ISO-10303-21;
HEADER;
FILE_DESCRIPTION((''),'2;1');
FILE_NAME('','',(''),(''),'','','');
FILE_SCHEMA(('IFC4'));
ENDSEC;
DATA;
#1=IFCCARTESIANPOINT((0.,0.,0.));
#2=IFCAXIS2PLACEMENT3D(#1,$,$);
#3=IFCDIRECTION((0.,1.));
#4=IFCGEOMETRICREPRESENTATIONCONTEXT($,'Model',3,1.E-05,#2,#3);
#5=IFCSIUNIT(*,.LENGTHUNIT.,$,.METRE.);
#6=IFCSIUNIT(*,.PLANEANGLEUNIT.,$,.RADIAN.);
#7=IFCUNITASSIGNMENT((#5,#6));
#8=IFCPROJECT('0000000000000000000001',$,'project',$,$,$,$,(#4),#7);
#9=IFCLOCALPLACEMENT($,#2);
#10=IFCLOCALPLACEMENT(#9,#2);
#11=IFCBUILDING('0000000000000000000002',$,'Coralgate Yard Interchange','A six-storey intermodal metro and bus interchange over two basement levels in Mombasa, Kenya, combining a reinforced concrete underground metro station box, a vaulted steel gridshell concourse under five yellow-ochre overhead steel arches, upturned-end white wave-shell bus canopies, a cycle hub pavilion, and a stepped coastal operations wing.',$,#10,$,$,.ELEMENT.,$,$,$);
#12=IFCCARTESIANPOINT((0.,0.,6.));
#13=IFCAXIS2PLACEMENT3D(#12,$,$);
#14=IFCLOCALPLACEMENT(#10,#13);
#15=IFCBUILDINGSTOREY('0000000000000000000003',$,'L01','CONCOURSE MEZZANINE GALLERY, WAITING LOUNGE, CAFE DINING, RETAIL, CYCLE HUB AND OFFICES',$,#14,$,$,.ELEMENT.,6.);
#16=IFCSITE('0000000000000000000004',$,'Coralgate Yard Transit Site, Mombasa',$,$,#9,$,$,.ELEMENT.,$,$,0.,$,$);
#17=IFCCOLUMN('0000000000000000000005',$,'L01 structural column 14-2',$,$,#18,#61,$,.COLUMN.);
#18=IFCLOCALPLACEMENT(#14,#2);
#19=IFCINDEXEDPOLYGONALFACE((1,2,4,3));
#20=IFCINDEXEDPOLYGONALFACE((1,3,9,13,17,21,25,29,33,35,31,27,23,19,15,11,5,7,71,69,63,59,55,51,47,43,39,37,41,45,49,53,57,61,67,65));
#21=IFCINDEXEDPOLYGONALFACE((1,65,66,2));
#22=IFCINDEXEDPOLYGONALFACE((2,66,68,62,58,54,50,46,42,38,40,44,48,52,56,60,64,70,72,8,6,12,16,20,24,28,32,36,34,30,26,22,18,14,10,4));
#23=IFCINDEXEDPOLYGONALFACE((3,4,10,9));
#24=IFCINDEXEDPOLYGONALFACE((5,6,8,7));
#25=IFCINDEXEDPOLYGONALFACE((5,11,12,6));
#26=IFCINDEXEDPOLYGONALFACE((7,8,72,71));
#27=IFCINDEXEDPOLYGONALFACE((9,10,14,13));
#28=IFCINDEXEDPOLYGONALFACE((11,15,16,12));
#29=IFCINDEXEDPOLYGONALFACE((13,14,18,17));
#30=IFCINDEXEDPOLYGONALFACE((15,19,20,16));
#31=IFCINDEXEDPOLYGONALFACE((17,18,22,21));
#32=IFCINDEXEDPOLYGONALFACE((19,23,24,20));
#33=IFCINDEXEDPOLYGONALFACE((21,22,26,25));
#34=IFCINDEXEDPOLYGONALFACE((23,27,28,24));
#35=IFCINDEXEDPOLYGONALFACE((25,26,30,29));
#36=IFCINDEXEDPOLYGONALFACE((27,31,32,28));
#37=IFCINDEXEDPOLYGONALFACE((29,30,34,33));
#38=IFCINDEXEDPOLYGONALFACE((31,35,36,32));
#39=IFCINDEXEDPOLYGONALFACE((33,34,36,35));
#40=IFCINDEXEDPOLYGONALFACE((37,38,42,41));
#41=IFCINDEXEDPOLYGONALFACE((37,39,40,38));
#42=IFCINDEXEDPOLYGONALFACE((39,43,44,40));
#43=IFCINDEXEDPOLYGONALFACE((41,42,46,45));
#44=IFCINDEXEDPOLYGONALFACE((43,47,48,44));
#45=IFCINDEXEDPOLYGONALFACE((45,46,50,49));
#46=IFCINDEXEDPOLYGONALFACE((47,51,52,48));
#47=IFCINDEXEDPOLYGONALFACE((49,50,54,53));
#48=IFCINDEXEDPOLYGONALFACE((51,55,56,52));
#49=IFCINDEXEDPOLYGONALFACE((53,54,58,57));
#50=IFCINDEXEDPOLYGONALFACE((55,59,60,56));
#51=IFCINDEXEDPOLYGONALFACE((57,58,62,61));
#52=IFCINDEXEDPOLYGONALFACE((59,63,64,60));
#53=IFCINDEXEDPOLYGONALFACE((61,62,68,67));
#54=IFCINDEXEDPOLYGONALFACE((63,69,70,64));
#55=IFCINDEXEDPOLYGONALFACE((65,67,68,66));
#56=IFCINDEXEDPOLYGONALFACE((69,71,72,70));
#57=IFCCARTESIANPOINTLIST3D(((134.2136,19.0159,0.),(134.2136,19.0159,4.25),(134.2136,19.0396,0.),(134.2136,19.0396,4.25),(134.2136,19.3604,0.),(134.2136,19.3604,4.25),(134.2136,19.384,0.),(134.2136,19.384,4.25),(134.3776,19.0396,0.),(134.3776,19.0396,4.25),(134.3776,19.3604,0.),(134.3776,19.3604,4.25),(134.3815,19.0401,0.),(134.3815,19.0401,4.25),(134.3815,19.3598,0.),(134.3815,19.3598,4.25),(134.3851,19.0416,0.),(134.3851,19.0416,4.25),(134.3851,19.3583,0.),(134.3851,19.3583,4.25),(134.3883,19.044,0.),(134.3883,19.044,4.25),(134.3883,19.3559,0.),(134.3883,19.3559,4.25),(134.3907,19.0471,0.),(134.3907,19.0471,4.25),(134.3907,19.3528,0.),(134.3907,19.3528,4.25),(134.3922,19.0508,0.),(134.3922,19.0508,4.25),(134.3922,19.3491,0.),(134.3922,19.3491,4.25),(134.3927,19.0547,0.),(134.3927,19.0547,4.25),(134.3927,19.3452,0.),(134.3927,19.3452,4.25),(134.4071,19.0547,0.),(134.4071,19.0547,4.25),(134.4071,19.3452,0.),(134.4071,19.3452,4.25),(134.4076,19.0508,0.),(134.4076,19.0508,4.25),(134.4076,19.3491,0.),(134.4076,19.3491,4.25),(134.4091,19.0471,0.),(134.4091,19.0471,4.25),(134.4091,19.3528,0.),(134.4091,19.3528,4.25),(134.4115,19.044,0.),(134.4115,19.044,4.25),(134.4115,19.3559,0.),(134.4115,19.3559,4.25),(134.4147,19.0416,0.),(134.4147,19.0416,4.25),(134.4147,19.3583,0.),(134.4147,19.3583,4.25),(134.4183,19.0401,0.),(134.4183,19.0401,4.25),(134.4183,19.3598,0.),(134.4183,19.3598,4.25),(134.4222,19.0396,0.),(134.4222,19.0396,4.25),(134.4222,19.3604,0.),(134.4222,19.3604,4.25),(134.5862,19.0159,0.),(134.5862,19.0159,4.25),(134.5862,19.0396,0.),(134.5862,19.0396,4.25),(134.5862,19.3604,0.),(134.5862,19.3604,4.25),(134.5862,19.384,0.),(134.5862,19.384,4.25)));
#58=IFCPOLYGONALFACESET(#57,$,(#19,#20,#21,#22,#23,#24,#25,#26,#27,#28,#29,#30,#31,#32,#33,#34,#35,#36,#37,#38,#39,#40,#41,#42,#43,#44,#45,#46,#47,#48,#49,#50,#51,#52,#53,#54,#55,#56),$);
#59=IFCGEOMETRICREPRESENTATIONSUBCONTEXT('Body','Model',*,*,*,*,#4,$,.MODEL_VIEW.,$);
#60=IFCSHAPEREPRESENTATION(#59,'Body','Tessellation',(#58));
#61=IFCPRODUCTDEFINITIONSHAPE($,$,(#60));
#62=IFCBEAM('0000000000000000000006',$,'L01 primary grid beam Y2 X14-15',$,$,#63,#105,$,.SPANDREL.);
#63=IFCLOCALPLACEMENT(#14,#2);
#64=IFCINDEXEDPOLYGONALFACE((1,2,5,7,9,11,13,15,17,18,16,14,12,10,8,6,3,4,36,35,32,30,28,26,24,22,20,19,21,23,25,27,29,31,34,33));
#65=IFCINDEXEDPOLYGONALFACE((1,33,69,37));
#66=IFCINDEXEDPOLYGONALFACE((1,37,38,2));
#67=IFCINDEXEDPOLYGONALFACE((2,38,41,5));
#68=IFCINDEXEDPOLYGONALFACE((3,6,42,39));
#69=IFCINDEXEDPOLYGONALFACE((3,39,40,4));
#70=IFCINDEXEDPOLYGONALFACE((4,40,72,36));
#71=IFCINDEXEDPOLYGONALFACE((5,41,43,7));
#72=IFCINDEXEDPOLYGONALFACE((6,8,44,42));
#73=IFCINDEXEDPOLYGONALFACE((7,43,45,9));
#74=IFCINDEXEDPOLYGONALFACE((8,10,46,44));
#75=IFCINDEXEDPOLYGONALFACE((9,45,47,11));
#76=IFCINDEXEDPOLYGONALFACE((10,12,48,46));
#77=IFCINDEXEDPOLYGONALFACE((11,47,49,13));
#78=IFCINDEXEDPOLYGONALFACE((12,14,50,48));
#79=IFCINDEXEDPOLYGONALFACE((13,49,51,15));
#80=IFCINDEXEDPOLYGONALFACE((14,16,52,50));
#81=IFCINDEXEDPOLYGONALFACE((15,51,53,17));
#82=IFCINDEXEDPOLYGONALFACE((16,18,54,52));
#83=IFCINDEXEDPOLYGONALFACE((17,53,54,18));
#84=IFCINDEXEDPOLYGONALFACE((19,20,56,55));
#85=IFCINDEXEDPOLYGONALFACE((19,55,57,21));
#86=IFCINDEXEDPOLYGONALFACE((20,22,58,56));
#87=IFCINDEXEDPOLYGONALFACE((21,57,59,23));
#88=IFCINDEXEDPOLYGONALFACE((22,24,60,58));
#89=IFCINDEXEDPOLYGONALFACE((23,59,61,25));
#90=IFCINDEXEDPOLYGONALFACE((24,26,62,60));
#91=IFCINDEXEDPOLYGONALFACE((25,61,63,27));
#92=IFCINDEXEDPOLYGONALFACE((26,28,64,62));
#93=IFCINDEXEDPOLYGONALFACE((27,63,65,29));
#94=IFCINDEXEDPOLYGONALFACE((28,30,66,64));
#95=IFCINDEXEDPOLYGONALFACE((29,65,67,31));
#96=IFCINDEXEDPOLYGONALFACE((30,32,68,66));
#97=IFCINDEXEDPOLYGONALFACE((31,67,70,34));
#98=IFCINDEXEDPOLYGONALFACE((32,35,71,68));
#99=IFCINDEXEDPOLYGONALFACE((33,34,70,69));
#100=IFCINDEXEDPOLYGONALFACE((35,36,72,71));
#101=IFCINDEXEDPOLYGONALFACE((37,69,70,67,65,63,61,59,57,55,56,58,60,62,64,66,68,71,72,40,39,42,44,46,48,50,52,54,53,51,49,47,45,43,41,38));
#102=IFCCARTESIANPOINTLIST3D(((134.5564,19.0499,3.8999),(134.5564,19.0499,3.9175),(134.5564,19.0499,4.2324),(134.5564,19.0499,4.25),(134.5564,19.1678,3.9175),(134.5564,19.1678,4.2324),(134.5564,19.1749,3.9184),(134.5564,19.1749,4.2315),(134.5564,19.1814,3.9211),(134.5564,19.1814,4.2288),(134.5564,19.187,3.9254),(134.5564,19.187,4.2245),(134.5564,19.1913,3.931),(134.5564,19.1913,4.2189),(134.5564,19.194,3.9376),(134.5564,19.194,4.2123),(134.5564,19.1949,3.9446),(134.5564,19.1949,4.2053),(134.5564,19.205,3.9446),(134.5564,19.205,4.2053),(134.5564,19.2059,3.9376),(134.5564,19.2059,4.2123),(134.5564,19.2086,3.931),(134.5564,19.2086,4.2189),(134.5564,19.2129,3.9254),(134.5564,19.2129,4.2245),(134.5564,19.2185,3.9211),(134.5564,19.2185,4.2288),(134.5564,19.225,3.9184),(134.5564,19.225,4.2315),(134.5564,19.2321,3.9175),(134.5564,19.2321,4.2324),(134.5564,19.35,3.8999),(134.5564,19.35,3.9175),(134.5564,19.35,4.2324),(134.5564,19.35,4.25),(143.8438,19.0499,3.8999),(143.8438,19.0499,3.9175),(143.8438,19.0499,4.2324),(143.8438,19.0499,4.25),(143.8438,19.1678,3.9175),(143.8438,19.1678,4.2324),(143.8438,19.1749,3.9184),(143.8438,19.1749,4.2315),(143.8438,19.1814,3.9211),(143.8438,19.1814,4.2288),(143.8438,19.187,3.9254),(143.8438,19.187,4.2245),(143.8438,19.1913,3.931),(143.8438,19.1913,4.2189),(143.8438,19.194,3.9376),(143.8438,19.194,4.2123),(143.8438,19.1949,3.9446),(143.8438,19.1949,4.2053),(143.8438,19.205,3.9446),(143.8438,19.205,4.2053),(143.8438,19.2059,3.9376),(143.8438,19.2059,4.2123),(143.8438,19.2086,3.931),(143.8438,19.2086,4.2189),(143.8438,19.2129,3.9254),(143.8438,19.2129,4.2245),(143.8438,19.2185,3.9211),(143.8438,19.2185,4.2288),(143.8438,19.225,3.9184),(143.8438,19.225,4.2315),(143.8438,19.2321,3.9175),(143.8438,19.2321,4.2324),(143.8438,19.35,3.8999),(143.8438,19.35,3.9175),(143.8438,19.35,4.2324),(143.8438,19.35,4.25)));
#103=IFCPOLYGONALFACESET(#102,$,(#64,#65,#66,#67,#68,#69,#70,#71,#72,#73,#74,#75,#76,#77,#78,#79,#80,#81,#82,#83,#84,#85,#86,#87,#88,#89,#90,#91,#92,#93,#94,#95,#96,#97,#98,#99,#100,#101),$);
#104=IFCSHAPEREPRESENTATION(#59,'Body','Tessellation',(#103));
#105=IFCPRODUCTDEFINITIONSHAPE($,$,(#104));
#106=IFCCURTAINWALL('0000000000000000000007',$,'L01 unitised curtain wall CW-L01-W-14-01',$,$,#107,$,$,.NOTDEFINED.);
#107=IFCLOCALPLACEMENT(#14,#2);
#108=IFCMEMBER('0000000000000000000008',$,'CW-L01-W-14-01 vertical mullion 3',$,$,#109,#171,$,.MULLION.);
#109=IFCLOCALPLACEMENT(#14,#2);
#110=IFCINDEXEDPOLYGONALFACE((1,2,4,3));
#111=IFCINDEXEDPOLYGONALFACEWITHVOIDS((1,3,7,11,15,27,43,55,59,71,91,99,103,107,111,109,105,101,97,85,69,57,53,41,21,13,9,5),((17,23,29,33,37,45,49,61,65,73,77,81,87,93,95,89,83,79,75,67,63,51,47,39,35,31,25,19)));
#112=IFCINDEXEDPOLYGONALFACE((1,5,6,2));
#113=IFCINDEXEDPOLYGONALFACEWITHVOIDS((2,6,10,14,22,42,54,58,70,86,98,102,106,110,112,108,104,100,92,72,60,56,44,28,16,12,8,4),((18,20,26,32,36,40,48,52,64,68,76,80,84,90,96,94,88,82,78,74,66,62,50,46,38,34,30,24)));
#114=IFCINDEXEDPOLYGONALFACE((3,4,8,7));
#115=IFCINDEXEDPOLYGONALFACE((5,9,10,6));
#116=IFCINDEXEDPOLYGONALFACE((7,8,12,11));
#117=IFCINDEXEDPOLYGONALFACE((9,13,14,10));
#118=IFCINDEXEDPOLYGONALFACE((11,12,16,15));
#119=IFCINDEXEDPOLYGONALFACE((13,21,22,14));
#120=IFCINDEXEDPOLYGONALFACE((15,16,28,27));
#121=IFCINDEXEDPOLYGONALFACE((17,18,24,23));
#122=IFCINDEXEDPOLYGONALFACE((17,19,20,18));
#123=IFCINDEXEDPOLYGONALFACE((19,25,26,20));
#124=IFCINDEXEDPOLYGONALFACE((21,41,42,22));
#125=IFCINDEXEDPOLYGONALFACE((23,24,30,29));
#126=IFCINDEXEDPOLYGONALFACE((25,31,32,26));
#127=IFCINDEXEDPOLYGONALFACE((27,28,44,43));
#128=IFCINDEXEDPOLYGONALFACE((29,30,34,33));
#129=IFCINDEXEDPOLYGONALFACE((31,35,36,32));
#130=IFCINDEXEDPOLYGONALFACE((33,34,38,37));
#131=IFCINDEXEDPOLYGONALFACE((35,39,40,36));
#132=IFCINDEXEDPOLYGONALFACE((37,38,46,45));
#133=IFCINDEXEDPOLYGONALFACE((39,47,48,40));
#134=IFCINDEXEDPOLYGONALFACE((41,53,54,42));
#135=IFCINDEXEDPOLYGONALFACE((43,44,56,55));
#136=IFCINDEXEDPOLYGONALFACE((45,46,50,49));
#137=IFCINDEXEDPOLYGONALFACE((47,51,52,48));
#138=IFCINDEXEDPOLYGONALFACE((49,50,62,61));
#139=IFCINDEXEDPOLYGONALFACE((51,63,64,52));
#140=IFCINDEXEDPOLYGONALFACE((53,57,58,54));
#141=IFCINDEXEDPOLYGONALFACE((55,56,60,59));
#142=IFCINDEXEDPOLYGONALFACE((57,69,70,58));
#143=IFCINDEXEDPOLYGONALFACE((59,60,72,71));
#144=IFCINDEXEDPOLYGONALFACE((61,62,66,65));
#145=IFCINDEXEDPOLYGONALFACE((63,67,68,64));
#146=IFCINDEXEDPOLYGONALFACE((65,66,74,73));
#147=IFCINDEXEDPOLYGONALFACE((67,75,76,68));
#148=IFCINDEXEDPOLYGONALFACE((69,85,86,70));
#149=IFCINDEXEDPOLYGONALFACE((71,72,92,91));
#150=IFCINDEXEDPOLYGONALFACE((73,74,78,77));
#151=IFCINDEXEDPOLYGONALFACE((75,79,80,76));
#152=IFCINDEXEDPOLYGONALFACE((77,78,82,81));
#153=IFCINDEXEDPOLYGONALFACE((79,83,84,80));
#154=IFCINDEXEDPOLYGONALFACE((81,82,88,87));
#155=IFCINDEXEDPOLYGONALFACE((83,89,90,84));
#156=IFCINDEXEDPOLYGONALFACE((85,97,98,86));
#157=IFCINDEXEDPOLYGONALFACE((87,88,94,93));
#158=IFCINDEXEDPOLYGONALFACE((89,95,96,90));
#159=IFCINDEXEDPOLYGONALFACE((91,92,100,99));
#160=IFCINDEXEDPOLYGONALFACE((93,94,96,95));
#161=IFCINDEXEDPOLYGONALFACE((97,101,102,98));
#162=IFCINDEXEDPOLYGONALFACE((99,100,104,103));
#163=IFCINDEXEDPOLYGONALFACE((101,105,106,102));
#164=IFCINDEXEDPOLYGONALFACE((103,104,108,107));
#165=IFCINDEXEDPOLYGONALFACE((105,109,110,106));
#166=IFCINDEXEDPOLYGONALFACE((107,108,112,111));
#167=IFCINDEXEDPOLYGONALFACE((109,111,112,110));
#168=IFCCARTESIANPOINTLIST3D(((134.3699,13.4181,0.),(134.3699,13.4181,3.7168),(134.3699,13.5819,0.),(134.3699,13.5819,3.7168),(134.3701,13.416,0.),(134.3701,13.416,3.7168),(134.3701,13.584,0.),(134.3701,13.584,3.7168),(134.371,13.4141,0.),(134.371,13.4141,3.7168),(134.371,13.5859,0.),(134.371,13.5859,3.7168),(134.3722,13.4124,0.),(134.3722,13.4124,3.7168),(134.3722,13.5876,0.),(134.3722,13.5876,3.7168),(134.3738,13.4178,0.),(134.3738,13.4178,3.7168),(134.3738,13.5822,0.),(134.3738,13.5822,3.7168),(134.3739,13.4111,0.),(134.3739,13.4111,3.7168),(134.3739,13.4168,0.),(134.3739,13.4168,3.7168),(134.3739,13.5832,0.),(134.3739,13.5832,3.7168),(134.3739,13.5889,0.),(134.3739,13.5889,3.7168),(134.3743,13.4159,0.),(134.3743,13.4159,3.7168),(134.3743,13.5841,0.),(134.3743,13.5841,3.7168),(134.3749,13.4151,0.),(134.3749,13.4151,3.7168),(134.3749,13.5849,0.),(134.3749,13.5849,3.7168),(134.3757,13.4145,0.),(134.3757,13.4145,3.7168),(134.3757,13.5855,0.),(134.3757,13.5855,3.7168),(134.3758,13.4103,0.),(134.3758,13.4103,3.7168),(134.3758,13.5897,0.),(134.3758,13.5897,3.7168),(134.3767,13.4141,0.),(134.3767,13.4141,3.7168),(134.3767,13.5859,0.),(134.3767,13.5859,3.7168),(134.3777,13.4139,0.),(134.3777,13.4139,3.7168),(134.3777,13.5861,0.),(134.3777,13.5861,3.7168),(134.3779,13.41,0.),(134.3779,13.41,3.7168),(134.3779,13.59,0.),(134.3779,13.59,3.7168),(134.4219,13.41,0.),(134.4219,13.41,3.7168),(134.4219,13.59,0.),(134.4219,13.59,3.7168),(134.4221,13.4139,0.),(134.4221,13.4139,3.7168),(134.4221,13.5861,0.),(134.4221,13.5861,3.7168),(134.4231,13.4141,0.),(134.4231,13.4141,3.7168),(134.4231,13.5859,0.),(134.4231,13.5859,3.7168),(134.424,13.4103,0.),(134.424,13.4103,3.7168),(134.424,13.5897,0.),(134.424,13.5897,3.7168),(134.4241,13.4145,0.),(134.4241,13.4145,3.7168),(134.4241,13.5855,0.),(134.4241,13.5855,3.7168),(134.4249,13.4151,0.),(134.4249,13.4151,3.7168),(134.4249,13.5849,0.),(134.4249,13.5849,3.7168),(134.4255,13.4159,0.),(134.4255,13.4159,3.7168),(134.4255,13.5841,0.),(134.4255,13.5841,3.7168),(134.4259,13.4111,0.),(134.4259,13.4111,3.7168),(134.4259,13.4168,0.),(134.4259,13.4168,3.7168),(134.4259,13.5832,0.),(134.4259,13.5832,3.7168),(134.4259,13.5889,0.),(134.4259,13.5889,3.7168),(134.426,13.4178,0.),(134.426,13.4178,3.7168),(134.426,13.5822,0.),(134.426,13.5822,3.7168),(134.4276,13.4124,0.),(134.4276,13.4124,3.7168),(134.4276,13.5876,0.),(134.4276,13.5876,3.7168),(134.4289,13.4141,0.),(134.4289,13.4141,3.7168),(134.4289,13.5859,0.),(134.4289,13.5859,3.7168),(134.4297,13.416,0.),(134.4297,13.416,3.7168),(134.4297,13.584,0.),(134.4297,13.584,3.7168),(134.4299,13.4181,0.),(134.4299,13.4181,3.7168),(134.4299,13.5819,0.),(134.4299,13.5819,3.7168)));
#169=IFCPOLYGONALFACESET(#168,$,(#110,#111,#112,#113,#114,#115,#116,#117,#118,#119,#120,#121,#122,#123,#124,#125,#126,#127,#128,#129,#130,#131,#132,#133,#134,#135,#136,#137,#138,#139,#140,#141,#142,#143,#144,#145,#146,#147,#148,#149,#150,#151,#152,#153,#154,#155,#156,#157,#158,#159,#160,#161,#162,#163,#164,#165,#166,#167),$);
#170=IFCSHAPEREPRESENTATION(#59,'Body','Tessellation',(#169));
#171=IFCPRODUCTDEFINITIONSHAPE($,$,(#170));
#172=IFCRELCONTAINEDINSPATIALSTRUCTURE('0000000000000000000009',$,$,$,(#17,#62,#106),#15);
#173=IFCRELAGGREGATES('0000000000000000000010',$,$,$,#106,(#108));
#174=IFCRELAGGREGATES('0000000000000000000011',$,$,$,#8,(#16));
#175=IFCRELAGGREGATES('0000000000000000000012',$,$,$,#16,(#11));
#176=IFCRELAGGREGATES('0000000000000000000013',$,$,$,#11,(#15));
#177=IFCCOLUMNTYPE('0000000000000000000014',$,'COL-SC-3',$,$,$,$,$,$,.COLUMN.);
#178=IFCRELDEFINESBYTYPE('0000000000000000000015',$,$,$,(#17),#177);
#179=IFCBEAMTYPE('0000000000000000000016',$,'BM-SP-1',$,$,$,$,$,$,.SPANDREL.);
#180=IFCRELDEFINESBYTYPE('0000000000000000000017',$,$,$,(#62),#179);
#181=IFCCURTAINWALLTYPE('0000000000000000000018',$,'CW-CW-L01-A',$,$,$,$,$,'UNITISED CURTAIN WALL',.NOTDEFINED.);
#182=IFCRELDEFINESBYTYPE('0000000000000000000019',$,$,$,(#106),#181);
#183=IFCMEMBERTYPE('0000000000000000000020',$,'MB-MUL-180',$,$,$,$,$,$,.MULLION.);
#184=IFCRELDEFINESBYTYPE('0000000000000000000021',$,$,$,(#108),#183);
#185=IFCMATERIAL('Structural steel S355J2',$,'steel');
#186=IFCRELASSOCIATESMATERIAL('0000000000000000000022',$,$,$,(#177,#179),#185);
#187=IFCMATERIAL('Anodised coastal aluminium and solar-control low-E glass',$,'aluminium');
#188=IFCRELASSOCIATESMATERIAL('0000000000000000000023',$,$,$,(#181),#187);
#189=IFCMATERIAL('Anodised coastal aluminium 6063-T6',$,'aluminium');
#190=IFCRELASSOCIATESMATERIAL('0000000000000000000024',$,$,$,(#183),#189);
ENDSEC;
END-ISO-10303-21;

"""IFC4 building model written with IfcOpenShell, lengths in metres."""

from ifc_helpers import new_model, si_unit, direction, frame, origin, origin_2d, place, context, subcontext, project, spatial, hollow_rectangle, i_section, extrude, material, material_profile, profile_set, type_object, element, aggregate, save


model = new_model("IFC4")

# Units and contexts
model_context = context("Model", 3, precision=1e-05, world=origin(), true_north=direction((0.0, 1.0)))
body_context = subcontext(model_context, "Body", "Model", "MODEL_VIEW")
ifc_project = project(units=[si_unit("LENGTHUNIT", "METRE"), si_unit("PLANEANGLEUNIT", "RADIAN")], contexts=[model_context])

# Site, building, storey
site_placement = place(None, origin())
site = spatial("IfcSite", under=ifc_project, at=site_placement, Name="Coralgate Yard Transit Site, Mombasa", CompositionType="ELEMENT", RefElevation=0.0)
building_placement = place(site_placement, origin())
building = spatial("IfcBuilding", under=site, at=building_placement, Name="Coralgate Yard Interchange", Description="A six-storey intermodal metro and bus interchange over two basement levels in Mombasa, Kenya, combining a reinforced concrete underground metro station box, a vaulted steel gridshell concourse under five yellow-ochre overhead steel arches, upturned-end white wave-shell bus canopies, a cycle hub pavilion, and a stepped coastal operations wing.", CompositionType="ELEMENT")
storey_placement = place(building_placement, frame((0.0, 0.0, 6.0)))
storey = spatial("IfcBuildingStorey", under=building, at=storey_placement, Name="L01", Description="CONCOURSE MEZZANINE GALLERY, WAITING LOUNGE, CAFE DINING, RETAIL, CYCLE HUB AND OFFICES", CompositionType="ELEMENT", Elevation=6.0)

# Column
ifc_material_1 = material(Name="Structural steel S355J2", Category="steel")
ifc_material_profile_1 = material_profile(ifc_material_1, i_section(OverallWidth=0.3726, OverallDepth=0.3682, WebThickness=0.0144, FlangeThickness=0.0237, FilletRadius=0.0151, at=origin_2d()), Name="UC 356x368x177")
ifc_profile_set_1 = profile_set([ifc_material_profile_1], Name="Structural steel S355J2")
column_type = type_object("IfcColumnType", Name="COL-SC-3", PredefinedType="COLUMN", material=ifc_profile_set_1)
column_placement = place(storey_placement, frame((134.3999, 19.2, 0.0), z_axis=(0.0, 0.0, 1.0), x_axis=(1.0, 0.0, 0.0)))
element("IfcColumn", 1, at=column_placement, inside=storey, type_object=column_type, Name="L01 structural column 14-2", PredefinedType="COLUMN", context=body_context, shape_type="SweptSolid", body=[
    extrude(i_section(OverallWidth=0.3726, OverallDepth=0.3682, WebThickness=0.0144, FlangeThickness=0.0237, FilletRadius=0.0151, at=origin_2d()), origin(), (0.0, 0.0, 1.0), 4.25),
])

# Beam
ifc_material_profile_2 = material_profile(ifc_material_1, i_section(OverallWidth=0.3, OverallDepth=0.3501, WebThickness=0.01, FlangeThickness=0.0176, FilletRadius=0.0271, at=origin_2d()), Name="HEA 360")
ifc_profile_set_2 = profile_set([ifc_material_profile_2], Name="Structural steel S355J2")
beam_type = type_object("IfcBeamType", Name="BM-SP-1", PredefinedType="SPANDREL", material=ifc_profile_set_2)
beam_placement = place(storey_placement, frame((134.5564, 19.2, 4.075), z_axis=(1.0, 0.0, 0.0), x_axis=(0.0, 1.0, 0.0)))
element("IfcBeam", 2, at=beam_placement, inside=storey, type_object=beam_type, Name="L01 primary grid beam Y2 X14-15", PredefinedType="SPANDREL", context=body_context, shape_type="SweptSolid", body=[
    extrude(i_section(OverallWidth=0.3, OverallDepth=0.3501, WebThickness=0.01, FlangeThickness=0.0176, FilletRadius=0.0271, at=origin_2d()), origin(), (0.0, 0.0, 1.0), 9.2874),
])

# Curtain wall, member
ifc_material_2 = material(Name="Anodised coastal aluminium and solar-control low-E glass", Category="aluminium")
curtain_wall_type_1 = type_object("IfcCurtainWallType", Name="CW-CW-L01-A", ElementType="UNITISED CURTAIN WALL", PredefinedType="NOTDEFINED", material=ifc_material_2)
curtain_wall_1_placement = place(storey_placement, origin())
curtain_wall_1 = element("IfcCurtainWall", 3, at=curtain_wall_1_placement, inside=storey, type_object=curtain_wall_type_1, Name="L01 unitised curtain wall CW-L01-W-14-01", PredefinedType="NOTDEFINED")
ifc_material_3 = material(Name="Anodised coastal aluminium 6063-T6", Category="aluminium")
ifc_material_profile_3 = material_profile(ifc_material_3, hollow_rectangle(XDim=0.0601, YDim=0.1799, WallThickness=0.0039, InnerFilletRadius=0.0039, OuterFilletRadius=0.0081, at=origin_2d()), Name="ALU 60x180x4")
ifc_profile_set_3 = profile_set([ifc_material_profile_3], Name="Anodised coastal aluminium 6063-T6")
member_type_1 = type_object("IfcMemberType", Name="MB-MUL-180", PredefinedType="MULLION", material=ifc_profile_set_3)
member_1_placement = place(storey_placement, frame((134.3999, 13.5, 0.0), z_axis=(0.0, 0.0, 1.0), x_axis=(1.0, 0.0, 0.0)))
member_1 = element("IfcMember", 4, at=member_1_placement, type_object=member_type_1, Name="CW-L01-W-14-01 vertical mullion 3", PredefinedType="MULLION", context=body_context, shape_type="SweptSolid", body=[
    extrude(hollow_rectangle(XDim=0.0601, YDim=0.1799, WallThickness=0.0039, InnerFilletRadius=0.0039, OuterFilletRadius=0.0081, at=origin_2d()), origin(), (0.0, 0.0, 1.0), 3.7168),
])

aggregate(curtain_wall_1, [member_1])

save(model, "model.ifc")
